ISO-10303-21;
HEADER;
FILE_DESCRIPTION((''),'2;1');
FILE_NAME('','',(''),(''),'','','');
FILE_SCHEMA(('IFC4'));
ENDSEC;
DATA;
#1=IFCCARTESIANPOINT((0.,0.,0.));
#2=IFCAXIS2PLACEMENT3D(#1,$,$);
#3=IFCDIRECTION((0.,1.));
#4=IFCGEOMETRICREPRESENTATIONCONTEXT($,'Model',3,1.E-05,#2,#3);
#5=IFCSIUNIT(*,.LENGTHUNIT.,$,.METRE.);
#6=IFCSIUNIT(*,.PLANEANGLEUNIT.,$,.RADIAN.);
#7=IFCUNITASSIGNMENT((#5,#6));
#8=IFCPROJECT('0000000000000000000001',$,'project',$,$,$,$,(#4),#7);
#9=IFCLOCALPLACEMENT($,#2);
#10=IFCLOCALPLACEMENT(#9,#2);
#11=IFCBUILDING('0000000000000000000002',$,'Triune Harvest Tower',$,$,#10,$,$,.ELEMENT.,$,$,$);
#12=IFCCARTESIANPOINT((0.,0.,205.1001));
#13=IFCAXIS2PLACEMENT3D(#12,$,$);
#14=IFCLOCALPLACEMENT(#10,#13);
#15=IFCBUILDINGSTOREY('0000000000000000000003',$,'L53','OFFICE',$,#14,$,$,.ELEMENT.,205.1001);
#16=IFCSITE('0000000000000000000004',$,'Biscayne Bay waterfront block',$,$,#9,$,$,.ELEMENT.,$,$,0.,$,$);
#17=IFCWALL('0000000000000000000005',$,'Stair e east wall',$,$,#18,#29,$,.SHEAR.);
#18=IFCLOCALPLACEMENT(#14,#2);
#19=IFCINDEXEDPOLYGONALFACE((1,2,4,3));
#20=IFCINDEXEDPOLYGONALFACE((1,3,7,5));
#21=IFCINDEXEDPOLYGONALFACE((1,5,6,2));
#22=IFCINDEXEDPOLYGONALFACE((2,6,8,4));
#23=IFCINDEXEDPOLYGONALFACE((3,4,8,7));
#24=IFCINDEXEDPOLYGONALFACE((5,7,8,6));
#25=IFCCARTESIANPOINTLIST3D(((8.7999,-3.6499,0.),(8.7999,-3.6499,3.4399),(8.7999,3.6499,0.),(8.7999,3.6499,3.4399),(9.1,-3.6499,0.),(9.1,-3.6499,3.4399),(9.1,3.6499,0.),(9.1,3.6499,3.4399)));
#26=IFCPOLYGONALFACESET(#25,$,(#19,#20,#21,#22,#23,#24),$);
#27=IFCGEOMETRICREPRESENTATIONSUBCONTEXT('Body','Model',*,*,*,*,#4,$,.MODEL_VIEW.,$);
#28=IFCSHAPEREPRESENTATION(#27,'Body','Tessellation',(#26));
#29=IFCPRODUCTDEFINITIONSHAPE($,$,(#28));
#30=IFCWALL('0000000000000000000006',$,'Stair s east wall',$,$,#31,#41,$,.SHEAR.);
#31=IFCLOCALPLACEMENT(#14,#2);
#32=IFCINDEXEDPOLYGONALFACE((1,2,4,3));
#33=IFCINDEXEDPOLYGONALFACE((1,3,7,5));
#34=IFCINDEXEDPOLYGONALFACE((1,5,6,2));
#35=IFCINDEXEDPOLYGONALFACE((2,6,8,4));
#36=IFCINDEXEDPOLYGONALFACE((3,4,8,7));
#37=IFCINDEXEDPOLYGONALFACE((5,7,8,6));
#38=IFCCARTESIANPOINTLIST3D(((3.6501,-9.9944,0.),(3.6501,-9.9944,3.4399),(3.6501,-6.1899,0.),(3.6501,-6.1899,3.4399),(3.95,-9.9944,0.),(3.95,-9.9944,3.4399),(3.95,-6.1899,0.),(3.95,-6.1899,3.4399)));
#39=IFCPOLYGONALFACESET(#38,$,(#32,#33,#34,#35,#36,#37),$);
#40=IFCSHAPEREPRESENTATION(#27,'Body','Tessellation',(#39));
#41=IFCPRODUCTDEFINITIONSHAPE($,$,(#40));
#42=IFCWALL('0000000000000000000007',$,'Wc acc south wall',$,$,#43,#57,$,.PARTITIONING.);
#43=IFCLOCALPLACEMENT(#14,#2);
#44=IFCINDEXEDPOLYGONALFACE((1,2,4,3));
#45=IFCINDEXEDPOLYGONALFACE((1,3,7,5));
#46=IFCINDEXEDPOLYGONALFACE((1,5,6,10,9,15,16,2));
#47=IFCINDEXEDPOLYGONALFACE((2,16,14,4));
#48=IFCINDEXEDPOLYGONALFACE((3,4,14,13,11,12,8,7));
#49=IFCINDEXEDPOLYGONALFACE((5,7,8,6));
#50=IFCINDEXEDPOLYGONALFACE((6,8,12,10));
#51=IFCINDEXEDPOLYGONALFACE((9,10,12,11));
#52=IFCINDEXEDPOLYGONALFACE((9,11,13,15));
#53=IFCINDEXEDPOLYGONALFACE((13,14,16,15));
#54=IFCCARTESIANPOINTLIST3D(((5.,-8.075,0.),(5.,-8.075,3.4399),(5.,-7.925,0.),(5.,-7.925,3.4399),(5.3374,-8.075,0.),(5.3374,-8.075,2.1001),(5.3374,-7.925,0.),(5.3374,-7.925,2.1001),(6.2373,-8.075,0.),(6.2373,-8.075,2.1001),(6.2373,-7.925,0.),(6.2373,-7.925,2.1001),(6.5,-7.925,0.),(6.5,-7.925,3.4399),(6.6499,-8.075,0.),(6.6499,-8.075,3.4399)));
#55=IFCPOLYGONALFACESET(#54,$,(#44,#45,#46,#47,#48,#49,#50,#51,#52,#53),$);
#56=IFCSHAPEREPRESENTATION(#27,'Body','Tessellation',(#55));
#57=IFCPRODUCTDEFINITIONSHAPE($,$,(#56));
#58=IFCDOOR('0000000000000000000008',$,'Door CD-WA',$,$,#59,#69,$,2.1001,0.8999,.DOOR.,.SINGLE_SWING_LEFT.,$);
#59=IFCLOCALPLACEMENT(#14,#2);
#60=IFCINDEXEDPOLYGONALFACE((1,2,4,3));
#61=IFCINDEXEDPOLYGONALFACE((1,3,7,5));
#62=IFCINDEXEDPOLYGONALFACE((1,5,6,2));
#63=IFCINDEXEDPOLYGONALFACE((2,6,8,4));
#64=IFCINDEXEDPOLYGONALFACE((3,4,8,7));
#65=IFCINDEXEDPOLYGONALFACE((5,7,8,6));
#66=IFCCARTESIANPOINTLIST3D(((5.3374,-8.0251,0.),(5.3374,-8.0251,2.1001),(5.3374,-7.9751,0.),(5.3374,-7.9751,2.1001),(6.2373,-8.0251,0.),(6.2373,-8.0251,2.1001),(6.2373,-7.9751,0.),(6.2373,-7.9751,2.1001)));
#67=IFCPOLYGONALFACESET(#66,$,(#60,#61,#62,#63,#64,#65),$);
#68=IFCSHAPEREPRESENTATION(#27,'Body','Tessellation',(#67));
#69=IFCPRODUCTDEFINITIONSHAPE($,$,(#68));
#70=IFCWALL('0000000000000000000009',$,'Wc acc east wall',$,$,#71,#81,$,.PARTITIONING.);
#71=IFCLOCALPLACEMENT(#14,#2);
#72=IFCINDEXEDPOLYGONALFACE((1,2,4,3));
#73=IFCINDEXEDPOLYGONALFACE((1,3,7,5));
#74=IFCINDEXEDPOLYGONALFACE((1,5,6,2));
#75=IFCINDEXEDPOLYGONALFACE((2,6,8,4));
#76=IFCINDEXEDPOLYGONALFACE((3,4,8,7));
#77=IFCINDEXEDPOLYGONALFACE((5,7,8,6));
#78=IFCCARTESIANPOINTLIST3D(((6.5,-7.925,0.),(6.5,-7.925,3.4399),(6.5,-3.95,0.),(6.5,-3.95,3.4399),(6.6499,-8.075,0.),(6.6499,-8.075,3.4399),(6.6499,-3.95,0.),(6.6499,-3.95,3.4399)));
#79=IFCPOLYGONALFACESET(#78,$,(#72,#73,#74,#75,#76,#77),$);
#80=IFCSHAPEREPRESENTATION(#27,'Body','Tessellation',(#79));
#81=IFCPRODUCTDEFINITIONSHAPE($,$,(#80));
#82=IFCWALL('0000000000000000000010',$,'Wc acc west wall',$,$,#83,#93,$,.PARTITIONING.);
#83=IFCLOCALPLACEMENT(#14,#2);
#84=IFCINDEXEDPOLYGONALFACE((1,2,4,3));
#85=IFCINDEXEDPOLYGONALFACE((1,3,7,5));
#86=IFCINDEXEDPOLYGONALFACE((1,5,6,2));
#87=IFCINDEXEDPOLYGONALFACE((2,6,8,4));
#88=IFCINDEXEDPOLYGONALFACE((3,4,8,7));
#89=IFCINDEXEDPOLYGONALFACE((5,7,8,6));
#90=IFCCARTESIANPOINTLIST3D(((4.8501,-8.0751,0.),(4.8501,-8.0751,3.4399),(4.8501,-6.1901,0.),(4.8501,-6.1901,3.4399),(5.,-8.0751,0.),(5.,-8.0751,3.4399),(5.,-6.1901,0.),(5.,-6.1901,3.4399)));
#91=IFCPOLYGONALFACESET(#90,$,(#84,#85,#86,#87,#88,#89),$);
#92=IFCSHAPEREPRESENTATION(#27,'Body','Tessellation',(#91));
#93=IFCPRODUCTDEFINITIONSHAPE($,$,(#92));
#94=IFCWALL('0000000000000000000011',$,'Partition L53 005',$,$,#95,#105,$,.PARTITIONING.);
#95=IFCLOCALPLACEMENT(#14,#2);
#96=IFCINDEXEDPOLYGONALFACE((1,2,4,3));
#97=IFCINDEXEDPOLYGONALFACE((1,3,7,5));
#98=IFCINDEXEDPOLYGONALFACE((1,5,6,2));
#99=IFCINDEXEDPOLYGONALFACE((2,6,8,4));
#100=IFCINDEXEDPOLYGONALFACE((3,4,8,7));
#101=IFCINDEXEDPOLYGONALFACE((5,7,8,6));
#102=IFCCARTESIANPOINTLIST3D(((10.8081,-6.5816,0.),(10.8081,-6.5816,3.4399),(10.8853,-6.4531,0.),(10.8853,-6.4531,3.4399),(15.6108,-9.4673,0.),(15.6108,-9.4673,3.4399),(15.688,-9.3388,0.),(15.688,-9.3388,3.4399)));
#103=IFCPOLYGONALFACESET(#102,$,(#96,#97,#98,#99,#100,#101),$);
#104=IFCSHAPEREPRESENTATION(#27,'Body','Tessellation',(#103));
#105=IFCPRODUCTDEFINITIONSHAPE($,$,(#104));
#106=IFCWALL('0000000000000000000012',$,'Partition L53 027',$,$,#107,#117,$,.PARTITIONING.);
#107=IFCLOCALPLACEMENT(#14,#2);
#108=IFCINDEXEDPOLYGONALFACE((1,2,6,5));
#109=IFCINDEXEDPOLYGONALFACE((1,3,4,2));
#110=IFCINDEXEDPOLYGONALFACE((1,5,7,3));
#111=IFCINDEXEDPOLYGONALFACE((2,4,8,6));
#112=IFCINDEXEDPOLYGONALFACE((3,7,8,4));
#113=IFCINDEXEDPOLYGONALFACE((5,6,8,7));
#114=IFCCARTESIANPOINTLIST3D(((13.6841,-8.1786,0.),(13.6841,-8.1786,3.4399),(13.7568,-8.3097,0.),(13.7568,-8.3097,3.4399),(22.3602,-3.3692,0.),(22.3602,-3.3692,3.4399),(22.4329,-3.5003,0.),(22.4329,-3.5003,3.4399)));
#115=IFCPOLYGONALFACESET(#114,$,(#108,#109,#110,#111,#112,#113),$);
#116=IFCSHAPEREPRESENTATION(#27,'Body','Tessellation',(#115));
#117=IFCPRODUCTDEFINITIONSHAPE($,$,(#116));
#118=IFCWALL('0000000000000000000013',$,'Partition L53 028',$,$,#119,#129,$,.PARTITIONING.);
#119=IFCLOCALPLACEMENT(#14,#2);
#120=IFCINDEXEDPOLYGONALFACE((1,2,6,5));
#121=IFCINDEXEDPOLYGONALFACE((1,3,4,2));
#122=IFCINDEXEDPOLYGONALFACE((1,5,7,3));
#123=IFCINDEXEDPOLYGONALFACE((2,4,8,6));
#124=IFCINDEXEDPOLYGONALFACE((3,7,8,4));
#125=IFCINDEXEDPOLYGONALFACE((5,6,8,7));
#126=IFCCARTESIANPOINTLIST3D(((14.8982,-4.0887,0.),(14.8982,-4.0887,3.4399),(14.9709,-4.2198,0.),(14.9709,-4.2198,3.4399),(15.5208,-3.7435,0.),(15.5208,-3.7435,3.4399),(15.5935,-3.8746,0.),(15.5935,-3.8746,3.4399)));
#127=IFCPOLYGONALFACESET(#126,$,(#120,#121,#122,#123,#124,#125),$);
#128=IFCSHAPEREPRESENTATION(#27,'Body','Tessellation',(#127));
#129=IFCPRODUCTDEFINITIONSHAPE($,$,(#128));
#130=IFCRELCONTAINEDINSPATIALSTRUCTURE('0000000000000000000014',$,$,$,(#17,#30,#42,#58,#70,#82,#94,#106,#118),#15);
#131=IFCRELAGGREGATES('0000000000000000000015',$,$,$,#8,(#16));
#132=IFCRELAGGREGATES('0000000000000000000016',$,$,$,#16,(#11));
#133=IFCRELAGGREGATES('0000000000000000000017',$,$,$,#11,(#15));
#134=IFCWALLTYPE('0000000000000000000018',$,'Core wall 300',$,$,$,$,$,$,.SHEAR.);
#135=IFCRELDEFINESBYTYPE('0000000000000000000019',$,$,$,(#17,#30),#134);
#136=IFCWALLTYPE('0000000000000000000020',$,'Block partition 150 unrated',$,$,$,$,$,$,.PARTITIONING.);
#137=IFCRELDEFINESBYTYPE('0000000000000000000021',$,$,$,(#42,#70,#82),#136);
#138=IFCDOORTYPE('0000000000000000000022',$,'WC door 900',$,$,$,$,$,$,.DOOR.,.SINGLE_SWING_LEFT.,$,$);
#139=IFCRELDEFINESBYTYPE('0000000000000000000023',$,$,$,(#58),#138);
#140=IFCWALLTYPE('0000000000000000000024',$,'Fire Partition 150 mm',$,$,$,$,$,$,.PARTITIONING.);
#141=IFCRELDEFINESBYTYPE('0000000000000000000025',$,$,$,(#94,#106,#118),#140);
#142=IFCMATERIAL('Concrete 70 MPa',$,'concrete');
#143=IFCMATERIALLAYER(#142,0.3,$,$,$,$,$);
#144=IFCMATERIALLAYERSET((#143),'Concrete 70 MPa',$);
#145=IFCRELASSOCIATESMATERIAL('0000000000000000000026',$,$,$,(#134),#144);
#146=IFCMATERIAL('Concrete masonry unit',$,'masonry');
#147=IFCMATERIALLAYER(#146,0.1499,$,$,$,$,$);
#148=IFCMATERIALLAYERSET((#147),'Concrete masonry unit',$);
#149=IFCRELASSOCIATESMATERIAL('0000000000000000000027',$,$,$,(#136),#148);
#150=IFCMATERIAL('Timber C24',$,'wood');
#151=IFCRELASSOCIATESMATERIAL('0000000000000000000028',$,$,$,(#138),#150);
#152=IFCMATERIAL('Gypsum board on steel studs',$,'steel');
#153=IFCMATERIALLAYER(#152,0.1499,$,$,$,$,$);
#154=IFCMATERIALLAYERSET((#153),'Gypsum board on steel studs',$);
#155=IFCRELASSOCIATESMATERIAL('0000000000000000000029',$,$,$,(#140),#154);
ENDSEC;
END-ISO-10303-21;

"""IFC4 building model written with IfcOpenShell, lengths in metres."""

from ifc_helpers import new_model, si_unit, direction, frame, frame_2d, origin, place, context, subcontext, project, spatial, polyline, rectangle, outline, extrude, source, transform, mapped, material, layer, layer_set, type_object, element, fill, save


model = new_model("IFC4")

# Units and contexts
model_context = context("Model", 3, precision=1e-05, world=origin(), true_north=direction((0.0, 1.0)))
body_context = subcontext(model_context, "Body", "Model", "MODEL_VIEW")
ifc_project = project(units=[si_unit("LENGTHUNIT", "METRE"), si_unit("PLANEANGLEUNIT", "RADIAN")], contexts=[model_context])

# Site, building, storey
site_placement = place(None, origin())
site = spatial("IfcSite", under=ifc_project, at=site_placement, Name="Biscayne Bay waterfront block", CompositionType="ELEMENT", RefElevation=0.0)
building_placement = place(site_placement, origin())
building = spatial("IfcBuilding", under=site, at=building_placement, Name="Triune Harvest Tower", CompositionType="ELEMENT")
storey_placement = place(building_placement, frame((0.0, 0.0, 205.1001)))
storey = spatial("IfcBuildingStorey", under=building, at=storey_placement, Name="L53", Description="OFFICE", CompositionType="ELEMENT", Elevation=205.1001)

# Shared definitions
ifc_material_1 = material(Name="Concrete 70 MPa", Category="concrete")
ifc_layer_1 = layer(ifc_material_1, 0.3)
ifc_layer_set_1 = layer_set([ifc_layer_1], Name="Concrete 70 MPa")
wall_type_1 = type_object("IfcWallType", Name="Core wall 300", PredefinedType="SHEAR", material=ifc_layer_set_1)

# Walls
shared_shape_1 = source(origin(), body_context, "Body", "SweptSolid", [
    extrude(rectangle(XDim=7.2998, YDim=0.3, at=frame_2d((3.6499, 0.0))), origin(), (0.0, 0.0, 1.0), 3.4399),
])
wall_1_placement = place(storey_placement, frame((8.95, -3.6499, 0.0), z_axis=(0.0, 0.0, 1.0), x_axis=(0.0, 1.0, 0.0)))
element("IfcWall", 1, at=wall_1_placement, inside=storey, type_object=wall_type_1, Name="Stair e east wall", PredefinedType="SHEAR", context=body_context, shape_type="MappedRepresentation", body=[
    mapped(shared_shape_1, transform((0.0, 0.0, 0.0), scale=1.0)),
])
shared_shape_2 = source(origin(), body_context, "Body", "SweptSolid", [
    extrude(outline(polyline([(3.8, -0.1499), (-0.0044, -0.1499), (-0.0044, 0.1499), (3.8, 0.1499), (3.8, -0.1499)])), origin(), (0.0, 0.0, 1.0), 3.4399),
])
wall_2_placement = place(storey_placement, frame((3.8, -9.99, 0.0), z_axis=(0.0, 0.0, 1.0), x_axis=(0.0, 1.0, 0.0)))
element("IfcWall", 2, at=wall_2_placement, inside=storey, type_object=wall_type_1, Name="Stair s east wall", PredefinedType="SHEAR", context=body_context, shape_type="MappedRepresentation", body=[
    mapped(shared_shape_2, transform((0.0, 0.0, 0.0), scale=1.0)),
])

# Wall, opening, door
ifc_material_2 = material(Name="Concrete masonry unit", Category="masonry")
ifc_layer_2 = layer(ifc_material_2, 0.1499)
ifc_layer_set_2 = layer_set([ifc_layer_2], Name="Concrete masonry unit")
wall_type_2 = type_object("IfcWallType", Name="Block partition 150 unrated", PredefinedType="PARTITIONING", material=ifc_layer_set_2)
shared_shape_3 = source(origin(), body_context, "Body", "SweptSolid", [
    extrude(outline(polyline([(0.0, -0.075), (1.6499, -0.075), (1.5, 0.075), (0.0, 0.075), (0.0, -0.075)])), origin(), (0.0, 0.0, 1.0), 3.4399),
])
wall_3_placement = place(storey_placement, frame((5.0, -8.0, 0.0), z_axis=(0.0, 0.0, 1.0), x_axis=(1.0, 0.0, 0.0)))
wall_3 = element("IfcWall", 3, at=wall_3_placement, inside=storey, type_object=wall_type_2, Name="Wc acc south wall", PredefinedType="PARTITIONING", context=body_context, shape_type="MappedRepresentation", body=[
    mapped(shared_shape_3, transform((0.0, 0.0, 0.0), scale=1.0)),
])
opening_1_placement = place(wall_3_placement, frame((0.3374, 0.0, 0.0)))
opening_1 = element("IfcOpeningElement", 4, at=opening_1_placement, cuts=wall_3, PredefinedType="OPENING", context=body_context, shape_type="SweptSolid", body=[
    extrude(rectangle(XDim=0.8999, YDim=2.1001, at=frame_2d((0.45, 1.05))), frame((0.0, 0.085, 0.0), z_axis=(0.0, -1.0, 0.0), x_axis=(1.0, 0.0, 0.0)), (0.0, 0.0, 1.0), 0.1699),
])
ifc_material_3 = material(Name="Timber C24", Category="wood")
door_type_1 = type_object("IfcDoorType", Name="WC door 900", OperationType="SINGLE_SWING_LEFT", PredefinedType="DOOR", material=ifc_material_3)
door_1_placement = place(opening_1_placement, origin())
door_1 = element("IfcDoor", 5, at=door_1_placement, inside=storey, type_object=door_type_1, Name="Door CD-WA", OperationType="SINGLE_SWING_LEFT", OverallHeight=2.1001, OverallWidth=0.8999, PredefinedType="DOOR", context=body_context, shape_type="SweptSolid", body=[
    extrude(rectangle(XDim=0.8999, YDim=2.1001, at=frame_2d((0.45, 1.05))), frame((0.0, 0.0249, 0.0), z_axis=(0.0, -1.0, 0.0), x_axis=(1.0, 0.0, 0.0)), (0.0, 0.0, 1.0), 0.05),
])
fill(opening_1, door_1)

# Walls
shared_shape_4 = source(origin(), body_context, "Body", "SweptSolid", [
    extrude(outline(polyline([(-0.075, -0.075), (4.05, -0.075), (4.05, 0.075), (0.075, 0.075), (-0.075, -0.075)])), origin(), (0.0, 0.0, 1.0), 3.4399),
])
wall_4_placement = place(storey_placement, frame((6.575, -8.0, 0.0), z_axis=(0.0, 0.0, 1.0), x_axis=(0.0, 1.0, 0.0)))
element("IfcWall", 6, at=wall_4_placement, inside=storey, type_object=wall_type_2, Name="Wc acc east wall", PredefinedType="PARTITIONING", context=body_context, shape_type="MappedRepresentation", body=[
    mapped(shared_shape_4, transform((0.0, 0.0, 0.0), scale=1.0)),
])
shared_shape_5 = source(origin(), body_context, "Body", "SweptSolid", [
    extrude(rectangle(XDim=1.885, YDim=0.1499, at=frame_2d((0.9424, 0.0))), origin(), (0.0, 0.0, 1.0), 3.4399),
])
wall_5_placement = place(storey_placement, frame((4.925, -8.075, 0.0), z_axis=(0.0, 0.0, 1.0), x_axis=(0.0, 1.0, 0.0)))
element("IfcWall", 7, at=wall_5_placement, inside=storey, type_object=wall_type_2, Name="Wc acc west wall", PredefinedType="PARTITIONING", context=body_context, shape_type="MappedRepresentation", body=[
    mapped(shared_shape_5, transform((0.0, 0.0, 0.0), scale=1.0)),
])
ifc_material_4 = material(Name="Gypsum board on steel studs", Category="steel")
ifc_layer_3 = layer(ifc_material_4, 0.1499)
ifc_layer_set_3 = layer_set([ifc_layer_3], Name="Gypsum board on steel studs")
wall_type_3 = type_object("IfcWallType", Name="Fire Partition 150 mm", PredefinedType="PARTITIONING", material=ifc_layer_set_3)
shared_shape_6 = source(origin(), body_context, "Body", "SweptSolid", [
    extrude(rectangle(XDim=5.603, YDim=0.1499, at=frame_2d((2.8015, 0.0))), origin(), (0.0, 0.0, 1.0), 3.4399),
])
wall_6_placement = place(storey_placement, frame((10.8467, -6.5173, 0.0), z_axis=(0.0, 0.0, 1.0), x_axis=(0.85717, -0.515034, 0.0)))
element("IfcWall", 8, at=wall_6_placement, inside=storey, type_object=wall_type_3, Name="Partition L53 005", PredefinedType="PARTITIONING", context=body_context, shape_type="MappedRepresentation", body=[
    mapped(shared_shape_6, transform((0.0, 0.0, 0.0), scale=1.0)),
])
shared_shape_7 = source(origin(), body_context, "Body", "SweptSolid", [
    extrude(rectangle(XDim=9.9199, YDim=0.1499, at=frame_2d((4.96, 0.0))), origin(), (0.0, 0.0, 1.0), 3.4399),
])
wall_7_placement = place(storey_placement, frame((13.7205, -8.2441, 0.0), z_axis=(0.0, 0.0, 1.0), x_axis=(0.874614, 0.484819, 0.0)))
element("IfcWall", 9, at=wall_7_placement, inside=storey, type_object=wall_type_3, Name="Partition L53 027", PredefinedType="PARTITIONING", context=body_context, shape_type="MappedRepresentation", body=[
    mapped(shared_shape_7, transform((0.0, 0.0, 0.0), scale=1.0)),
])
shared_shape_8 = source(origin(), body_context, "Body", "SweptSolid", [
    extrude(rectangle(XDim=0.7119, YDim=0.1499, at=frame_2d((0.356, 0.0))), origin(), (0.0, 0.0, 1.0), 3.4399),
])
wall_8_placement = place(storey_placement, frame((14.9346, -4.1543, 0.0), z_axis=(0.0, 0.0, 1.0), x_axis=(0.874545, 0.484944, 0.0)))
element("IfcWall", 10, at=wall_8_placement, inside=storey, type_object=wall_type_3, Name="Partition L53 028", PredefinedType="PARTITIONING", context=body_context, shape_type="MappedRepresentation", body=[
    mapped(shared_shape_8, transform((0.0, 0.0, 0.0), scale=1.0)),
])

save(model, "model.ifc")
